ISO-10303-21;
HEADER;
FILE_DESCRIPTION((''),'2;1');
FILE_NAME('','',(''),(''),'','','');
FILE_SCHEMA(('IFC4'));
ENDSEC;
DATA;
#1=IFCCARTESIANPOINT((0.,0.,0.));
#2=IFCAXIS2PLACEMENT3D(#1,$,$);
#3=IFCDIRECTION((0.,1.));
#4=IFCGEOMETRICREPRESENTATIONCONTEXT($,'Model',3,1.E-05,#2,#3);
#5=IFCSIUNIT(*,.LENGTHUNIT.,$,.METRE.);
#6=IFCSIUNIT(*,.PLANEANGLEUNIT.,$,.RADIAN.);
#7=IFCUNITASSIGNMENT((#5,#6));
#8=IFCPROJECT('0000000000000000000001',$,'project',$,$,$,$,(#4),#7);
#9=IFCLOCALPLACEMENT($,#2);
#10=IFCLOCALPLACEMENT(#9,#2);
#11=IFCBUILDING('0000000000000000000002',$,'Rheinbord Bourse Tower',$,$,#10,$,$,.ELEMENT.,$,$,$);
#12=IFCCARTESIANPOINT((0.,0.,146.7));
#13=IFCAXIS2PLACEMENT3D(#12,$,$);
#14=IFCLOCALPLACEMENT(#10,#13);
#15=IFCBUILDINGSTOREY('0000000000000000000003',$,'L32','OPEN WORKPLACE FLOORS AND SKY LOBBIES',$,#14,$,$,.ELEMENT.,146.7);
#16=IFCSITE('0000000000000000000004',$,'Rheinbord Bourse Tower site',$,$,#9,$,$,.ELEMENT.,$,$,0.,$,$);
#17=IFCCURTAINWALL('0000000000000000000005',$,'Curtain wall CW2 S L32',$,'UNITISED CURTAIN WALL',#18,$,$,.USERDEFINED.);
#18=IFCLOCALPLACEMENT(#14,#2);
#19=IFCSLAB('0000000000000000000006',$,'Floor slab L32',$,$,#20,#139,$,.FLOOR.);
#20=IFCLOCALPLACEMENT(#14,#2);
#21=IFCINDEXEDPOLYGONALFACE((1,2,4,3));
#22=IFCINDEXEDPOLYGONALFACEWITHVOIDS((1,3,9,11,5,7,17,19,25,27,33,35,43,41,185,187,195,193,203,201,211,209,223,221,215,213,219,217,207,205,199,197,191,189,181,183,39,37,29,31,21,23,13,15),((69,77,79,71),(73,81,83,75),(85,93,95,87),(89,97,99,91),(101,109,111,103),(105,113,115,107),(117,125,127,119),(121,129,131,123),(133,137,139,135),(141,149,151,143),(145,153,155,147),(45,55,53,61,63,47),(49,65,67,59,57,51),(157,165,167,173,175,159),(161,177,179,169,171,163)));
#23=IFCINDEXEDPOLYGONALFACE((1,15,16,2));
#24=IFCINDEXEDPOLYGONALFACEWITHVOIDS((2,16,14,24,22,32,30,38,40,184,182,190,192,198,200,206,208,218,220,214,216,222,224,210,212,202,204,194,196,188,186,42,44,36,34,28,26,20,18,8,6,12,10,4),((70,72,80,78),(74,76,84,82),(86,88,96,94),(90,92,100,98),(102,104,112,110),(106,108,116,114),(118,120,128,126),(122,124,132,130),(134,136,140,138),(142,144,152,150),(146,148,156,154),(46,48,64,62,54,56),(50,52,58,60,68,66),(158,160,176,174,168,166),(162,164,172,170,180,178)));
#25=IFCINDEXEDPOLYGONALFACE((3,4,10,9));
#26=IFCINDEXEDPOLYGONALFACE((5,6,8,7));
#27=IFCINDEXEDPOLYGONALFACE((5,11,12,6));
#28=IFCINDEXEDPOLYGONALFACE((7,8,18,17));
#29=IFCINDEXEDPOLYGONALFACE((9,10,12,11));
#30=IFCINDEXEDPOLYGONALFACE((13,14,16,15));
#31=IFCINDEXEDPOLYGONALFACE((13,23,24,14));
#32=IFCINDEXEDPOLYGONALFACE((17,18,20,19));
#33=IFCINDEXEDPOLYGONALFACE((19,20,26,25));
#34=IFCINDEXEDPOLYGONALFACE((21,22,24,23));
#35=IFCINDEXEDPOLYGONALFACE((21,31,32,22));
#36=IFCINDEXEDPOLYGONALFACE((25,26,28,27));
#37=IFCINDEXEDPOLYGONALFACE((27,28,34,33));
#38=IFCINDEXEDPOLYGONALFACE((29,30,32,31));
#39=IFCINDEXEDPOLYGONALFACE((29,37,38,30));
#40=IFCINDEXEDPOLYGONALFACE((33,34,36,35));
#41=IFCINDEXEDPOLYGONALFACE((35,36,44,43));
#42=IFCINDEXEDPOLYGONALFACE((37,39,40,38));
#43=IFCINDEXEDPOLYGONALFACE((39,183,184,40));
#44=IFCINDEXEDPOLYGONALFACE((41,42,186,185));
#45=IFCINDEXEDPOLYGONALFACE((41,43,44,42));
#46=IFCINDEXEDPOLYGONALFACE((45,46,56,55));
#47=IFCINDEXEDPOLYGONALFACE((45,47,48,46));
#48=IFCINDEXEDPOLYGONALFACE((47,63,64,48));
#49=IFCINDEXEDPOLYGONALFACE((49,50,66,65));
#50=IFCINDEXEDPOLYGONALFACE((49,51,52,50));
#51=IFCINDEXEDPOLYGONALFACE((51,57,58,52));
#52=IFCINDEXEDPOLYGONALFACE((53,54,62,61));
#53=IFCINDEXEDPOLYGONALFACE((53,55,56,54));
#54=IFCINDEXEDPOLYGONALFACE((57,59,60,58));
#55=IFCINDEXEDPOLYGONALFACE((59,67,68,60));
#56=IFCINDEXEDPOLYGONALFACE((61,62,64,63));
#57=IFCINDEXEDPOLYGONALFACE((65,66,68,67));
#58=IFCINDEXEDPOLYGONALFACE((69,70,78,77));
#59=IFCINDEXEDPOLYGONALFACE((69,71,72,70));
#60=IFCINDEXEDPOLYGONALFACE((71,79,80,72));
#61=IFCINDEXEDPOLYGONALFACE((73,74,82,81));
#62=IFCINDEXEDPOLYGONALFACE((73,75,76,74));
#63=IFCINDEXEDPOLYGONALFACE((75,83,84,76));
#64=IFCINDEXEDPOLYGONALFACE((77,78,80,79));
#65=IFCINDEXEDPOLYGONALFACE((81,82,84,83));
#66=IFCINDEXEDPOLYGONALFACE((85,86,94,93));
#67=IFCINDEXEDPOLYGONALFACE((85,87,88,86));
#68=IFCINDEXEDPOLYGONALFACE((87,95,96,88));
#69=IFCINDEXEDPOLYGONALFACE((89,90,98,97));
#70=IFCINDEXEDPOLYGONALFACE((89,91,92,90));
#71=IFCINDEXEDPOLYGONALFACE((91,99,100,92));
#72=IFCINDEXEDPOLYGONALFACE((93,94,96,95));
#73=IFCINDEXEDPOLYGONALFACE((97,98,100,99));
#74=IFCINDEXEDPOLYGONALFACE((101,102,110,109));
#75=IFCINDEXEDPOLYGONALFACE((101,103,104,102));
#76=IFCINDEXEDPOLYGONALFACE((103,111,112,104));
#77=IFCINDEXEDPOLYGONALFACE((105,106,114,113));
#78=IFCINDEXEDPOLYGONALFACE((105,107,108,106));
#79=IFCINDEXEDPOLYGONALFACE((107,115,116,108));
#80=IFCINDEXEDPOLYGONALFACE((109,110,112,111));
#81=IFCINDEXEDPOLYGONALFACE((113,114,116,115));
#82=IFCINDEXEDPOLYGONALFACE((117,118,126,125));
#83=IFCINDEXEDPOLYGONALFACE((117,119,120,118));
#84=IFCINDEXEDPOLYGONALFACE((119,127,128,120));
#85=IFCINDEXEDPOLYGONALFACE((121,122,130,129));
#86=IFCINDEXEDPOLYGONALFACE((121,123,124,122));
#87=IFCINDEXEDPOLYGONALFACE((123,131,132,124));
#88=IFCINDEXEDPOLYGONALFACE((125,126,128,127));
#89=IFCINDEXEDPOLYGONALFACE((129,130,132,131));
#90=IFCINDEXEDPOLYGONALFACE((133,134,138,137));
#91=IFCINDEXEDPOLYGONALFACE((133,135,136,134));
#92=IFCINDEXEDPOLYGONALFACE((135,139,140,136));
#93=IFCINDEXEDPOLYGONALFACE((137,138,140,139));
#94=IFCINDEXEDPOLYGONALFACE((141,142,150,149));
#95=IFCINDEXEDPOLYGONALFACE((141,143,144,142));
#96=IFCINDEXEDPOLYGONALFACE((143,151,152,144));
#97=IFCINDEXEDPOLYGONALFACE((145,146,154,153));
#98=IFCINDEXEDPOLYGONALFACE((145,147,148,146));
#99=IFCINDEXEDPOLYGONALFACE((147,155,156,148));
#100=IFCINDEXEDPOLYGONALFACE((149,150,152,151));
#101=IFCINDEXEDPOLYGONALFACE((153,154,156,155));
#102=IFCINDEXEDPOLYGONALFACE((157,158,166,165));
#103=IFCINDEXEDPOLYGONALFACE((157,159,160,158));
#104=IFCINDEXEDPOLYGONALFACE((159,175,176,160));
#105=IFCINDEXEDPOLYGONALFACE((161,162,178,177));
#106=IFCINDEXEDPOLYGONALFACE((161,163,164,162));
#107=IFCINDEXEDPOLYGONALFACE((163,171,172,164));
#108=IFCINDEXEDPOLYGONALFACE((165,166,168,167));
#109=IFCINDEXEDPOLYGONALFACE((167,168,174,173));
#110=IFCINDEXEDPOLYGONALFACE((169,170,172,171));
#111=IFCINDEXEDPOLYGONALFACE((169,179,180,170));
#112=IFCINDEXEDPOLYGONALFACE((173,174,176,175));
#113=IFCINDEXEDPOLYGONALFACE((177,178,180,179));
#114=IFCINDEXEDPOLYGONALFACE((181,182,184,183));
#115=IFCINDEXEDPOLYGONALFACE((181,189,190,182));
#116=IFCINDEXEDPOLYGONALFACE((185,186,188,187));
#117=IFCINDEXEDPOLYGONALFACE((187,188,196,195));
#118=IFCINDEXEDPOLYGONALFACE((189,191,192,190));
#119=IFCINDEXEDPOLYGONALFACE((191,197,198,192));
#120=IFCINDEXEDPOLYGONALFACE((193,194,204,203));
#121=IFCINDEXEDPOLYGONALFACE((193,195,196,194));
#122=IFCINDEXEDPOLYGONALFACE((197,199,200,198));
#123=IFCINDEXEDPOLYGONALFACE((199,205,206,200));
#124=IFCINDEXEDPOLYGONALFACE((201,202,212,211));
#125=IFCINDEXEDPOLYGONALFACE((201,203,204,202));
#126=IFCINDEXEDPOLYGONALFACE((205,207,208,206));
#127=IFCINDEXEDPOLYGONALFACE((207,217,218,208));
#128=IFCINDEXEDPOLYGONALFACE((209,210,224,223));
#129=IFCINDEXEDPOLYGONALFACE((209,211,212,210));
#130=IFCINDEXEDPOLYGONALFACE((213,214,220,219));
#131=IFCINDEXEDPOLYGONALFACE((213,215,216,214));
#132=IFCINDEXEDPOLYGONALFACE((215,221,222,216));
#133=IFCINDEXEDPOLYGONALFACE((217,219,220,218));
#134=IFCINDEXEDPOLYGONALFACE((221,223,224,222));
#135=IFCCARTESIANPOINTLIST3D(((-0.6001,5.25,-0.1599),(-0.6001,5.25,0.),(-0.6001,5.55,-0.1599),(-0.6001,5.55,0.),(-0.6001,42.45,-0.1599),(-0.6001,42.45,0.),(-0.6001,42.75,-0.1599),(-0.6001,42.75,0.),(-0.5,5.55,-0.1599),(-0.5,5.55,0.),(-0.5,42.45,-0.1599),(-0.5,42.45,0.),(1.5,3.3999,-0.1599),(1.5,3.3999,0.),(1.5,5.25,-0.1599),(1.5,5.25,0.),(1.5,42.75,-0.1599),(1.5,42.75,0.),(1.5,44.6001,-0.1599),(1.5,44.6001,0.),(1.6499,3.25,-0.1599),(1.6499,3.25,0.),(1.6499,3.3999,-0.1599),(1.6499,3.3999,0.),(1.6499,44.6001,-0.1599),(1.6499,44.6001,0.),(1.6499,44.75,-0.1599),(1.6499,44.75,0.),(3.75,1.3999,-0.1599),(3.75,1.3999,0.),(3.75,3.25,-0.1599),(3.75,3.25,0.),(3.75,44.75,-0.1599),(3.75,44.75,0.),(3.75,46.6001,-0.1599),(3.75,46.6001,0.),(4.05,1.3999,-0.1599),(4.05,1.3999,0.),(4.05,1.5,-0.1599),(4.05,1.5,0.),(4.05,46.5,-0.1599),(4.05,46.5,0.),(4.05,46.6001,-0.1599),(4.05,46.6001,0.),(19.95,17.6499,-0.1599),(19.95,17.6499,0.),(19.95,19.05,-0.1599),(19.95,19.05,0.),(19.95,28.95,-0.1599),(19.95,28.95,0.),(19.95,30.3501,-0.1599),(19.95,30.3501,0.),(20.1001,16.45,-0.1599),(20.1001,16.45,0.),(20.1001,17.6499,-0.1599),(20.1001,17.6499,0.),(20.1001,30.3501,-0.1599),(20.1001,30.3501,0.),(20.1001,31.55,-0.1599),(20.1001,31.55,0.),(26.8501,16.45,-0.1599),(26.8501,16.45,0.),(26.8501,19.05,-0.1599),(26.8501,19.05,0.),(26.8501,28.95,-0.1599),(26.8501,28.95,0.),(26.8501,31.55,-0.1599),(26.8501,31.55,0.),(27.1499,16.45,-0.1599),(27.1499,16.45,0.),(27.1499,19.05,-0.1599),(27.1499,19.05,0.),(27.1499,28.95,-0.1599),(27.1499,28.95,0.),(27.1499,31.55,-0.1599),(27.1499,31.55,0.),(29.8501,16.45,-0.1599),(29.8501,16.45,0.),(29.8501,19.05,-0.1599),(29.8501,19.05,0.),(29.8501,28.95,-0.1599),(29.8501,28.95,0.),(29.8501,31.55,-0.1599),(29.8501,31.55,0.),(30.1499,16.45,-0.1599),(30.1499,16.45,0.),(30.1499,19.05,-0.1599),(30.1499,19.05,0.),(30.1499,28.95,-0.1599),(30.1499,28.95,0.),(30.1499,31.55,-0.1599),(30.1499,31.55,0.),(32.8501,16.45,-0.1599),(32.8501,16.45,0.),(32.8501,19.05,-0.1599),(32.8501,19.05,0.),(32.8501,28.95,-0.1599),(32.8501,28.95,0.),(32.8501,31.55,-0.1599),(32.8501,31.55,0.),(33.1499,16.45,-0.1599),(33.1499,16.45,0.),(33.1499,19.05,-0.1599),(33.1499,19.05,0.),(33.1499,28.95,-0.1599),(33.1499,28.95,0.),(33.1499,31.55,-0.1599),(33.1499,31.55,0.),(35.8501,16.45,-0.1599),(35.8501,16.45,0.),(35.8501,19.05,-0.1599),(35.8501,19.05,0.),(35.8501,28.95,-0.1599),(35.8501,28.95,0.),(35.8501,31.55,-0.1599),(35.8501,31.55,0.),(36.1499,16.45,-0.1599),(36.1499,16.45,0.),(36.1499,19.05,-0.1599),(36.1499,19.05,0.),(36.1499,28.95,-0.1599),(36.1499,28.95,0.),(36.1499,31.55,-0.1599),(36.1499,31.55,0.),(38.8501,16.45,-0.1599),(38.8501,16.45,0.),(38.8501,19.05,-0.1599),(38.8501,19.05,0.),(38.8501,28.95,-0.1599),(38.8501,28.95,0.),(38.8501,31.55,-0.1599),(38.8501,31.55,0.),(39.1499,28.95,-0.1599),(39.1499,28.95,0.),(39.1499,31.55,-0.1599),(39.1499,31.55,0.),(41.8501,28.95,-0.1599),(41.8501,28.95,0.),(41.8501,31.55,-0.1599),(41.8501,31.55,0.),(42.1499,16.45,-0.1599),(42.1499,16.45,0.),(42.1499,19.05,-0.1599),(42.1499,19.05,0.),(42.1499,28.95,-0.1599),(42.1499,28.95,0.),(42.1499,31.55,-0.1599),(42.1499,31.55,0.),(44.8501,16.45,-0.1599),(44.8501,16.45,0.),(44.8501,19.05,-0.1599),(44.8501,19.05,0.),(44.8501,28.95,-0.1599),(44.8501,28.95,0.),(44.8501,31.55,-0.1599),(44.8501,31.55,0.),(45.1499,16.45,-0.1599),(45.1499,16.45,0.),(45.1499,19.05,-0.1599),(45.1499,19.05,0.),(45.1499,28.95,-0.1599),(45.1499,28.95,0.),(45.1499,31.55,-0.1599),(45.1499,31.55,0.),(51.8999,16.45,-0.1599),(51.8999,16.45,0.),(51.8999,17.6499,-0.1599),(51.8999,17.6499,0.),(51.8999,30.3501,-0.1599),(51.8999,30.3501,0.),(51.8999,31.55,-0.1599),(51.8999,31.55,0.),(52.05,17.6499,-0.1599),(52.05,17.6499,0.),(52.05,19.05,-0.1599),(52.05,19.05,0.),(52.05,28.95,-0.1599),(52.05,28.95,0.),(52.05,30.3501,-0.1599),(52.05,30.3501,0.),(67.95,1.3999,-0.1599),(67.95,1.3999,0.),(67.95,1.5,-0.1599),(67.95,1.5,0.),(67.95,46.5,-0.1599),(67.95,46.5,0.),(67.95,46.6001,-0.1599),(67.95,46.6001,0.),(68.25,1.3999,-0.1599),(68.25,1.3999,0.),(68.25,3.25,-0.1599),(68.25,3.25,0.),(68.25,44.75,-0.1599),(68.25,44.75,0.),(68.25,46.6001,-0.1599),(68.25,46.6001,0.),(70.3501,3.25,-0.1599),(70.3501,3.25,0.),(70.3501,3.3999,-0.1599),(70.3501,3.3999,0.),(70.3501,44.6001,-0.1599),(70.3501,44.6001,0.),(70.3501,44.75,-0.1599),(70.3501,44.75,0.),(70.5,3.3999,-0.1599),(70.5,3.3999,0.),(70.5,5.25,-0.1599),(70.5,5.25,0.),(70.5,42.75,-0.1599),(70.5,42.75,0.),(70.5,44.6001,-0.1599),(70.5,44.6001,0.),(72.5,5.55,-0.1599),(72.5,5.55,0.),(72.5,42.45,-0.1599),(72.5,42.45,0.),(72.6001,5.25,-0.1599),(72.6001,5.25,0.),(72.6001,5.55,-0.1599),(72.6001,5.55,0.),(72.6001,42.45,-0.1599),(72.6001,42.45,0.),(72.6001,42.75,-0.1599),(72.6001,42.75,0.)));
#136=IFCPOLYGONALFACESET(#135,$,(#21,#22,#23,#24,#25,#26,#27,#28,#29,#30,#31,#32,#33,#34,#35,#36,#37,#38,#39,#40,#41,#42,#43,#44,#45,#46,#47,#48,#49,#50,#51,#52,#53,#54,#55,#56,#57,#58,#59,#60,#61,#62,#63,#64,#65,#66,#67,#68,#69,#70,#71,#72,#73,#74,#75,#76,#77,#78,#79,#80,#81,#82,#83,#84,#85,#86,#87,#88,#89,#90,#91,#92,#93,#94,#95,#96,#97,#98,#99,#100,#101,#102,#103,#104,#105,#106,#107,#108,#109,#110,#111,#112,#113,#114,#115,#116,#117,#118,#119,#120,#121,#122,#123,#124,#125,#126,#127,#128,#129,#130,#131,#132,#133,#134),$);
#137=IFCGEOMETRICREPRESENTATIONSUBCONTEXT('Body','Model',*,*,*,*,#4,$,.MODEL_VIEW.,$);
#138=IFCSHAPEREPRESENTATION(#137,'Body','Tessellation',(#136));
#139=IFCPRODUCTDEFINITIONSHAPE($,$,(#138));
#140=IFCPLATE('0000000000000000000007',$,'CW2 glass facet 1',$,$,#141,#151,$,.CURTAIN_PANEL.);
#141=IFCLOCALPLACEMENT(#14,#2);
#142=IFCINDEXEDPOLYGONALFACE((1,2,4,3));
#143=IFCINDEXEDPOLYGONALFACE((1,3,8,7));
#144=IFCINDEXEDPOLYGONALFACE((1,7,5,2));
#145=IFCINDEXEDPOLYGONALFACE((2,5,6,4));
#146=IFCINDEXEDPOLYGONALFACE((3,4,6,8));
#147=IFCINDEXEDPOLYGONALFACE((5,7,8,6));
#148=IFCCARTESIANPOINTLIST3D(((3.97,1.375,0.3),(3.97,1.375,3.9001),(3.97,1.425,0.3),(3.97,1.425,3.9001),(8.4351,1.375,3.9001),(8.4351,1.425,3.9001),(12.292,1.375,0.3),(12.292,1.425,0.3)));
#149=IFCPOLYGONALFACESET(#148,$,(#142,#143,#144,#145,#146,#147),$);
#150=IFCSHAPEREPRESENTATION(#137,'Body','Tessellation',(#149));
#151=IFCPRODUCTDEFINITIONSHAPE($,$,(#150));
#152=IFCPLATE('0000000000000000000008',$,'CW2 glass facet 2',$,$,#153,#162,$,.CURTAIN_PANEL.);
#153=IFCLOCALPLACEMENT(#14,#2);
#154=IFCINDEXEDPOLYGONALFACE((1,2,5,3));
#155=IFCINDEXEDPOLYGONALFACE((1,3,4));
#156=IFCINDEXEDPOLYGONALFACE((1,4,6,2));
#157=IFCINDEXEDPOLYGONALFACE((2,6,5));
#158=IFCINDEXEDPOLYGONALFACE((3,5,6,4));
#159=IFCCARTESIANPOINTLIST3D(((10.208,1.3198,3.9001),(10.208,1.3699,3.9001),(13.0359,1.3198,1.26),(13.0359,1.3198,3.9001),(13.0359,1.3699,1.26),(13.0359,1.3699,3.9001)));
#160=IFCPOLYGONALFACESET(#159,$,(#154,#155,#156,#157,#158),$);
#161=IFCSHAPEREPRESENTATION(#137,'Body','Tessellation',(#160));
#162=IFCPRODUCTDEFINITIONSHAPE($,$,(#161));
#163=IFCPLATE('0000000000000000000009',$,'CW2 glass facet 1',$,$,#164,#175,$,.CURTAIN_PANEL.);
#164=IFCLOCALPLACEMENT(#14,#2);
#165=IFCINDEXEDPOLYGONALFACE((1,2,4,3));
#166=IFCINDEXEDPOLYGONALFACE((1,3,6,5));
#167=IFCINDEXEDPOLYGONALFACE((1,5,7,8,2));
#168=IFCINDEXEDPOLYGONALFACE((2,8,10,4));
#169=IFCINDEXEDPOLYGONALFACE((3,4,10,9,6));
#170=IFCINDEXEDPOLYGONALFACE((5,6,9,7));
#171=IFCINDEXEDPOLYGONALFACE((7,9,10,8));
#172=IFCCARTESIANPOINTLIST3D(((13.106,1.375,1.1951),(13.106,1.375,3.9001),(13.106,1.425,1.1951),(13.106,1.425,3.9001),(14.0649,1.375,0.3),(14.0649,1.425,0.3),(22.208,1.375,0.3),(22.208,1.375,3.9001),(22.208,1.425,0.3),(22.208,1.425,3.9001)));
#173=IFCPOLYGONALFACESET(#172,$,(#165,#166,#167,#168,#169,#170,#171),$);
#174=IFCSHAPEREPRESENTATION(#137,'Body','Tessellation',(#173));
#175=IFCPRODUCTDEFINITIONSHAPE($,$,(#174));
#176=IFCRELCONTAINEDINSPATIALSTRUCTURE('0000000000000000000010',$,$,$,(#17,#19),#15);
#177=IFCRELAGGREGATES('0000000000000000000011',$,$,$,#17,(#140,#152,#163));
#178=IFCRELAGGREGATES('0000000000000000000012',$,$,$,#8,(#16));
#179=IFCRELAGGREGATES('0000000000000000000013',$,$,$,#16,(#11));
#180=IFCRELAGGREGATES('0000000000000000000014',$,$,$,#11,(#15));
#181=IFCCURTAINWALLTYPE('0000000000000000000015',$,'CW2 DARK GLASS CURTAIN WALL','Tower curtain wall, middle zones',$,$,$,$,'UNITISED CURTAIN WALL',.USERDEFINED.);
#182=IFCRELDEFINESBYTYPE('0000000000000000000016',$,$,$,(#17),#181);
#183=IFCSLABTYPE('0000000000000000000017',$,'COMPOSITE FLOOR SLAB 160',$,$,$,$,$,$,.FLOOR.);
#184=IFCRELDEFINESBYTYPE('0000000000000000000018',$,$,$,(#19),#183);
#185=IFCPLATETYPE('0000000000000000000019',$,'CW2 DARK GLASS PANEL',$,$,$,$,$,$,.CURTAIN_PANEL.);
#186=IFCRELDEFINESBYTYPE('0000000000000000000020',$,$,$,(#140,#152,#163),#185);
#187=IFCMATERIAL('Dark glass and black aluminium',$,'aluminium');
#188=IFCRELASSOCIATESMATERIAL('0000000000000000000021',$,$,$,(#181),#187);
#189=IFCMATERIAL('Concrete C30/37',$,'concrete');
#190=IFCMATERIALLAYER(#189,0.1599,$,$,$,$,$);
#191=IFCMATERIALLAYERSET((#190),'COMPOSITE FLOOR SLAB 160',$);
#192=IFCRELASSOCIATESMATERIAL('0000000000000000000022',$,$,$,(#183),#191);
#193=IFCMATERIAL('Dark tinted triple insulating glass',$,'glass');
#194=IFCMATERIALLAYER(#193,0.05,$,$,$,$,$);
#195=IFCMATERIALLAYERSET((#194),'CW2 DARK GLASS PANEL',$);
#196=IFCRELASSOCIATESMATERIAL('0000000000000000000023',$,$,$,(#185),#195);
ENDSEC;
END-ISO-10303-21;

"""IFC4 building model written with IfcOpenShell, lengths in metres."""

from ifc_helpers import new_model, si_unit, direction, frame, origin, place, context, subcontext, project, spatial, polyline, outline, extrude, material, layer, layer_set, type_object, element, aggregate, save


model = new_model("IFC4")

# Units and contexts
model_context = context("Model", 3, precision=1e-05, world=origin(), true_north=direction((0.0, 1.0)))
body_context = subcontext(model_context, "Body", "Model", "MODEL_VIEW")
ifc_project = project(units=[si_unit("LENGTHUNIT", "METRE"), si_unit("PLANEANGLEUNIT", "RADIAN")], contexts=[model_context])

# Site, building, storey
site_placement = place(None, origin())
site = spatial("IfcSite", under=ifc_project, at=site_placement, Name="Rheinbord Bourse Tower site", CompositionType="ELEMENT", RefElevation=0.0)
building_placement = place(site_placement, origin())
building = spatial("IfcBuilding", under=site, at=building_placement, Name="Rheinbord Bourse Tower", CompositionType="ELEMENT")
storey_placement = place(building_placement, frame((0.0, 0.0, 146.7)))
storey = spatial("IfcBuildingStorey", under=building, at=storey_placement, Name="L32", Description="OPEN WORKPLACE FLOORS AND SKY LOBBIES", CompositionType="ELEMENT", Elevation=146.7)

# Curtain wall
ifc_material_1 = material(Name="Dark glass and black aluminium", Category="aluminium")
curtain_wall_type = type_object("IfcCurtainWallType", Name="CW2 DARK GLASS CURTAIN WALL", Description="Tower curtain wall, middle zones", ElementType="UNITISED CURTAIN WALL", PredefinedType="USERDEFINED", material=ifc_material_1)
curtain_wall_1_placement = place(storey_placement, origin())
curtain_wall_1 = element("IfcCurtainWall", 1, at=curtain_wall_1_placement, inside=storey, type_object=curtain_wall_type, Name="Curtain wall CW2 S L32", ObjectType="UNITISED CURTAIN WALL", PredefinedType="USERDEFINED")

# Slab
ifc_material_2 = material(Name="Concrete C30/37", Category="concrete")
ifc_layer_1 = layer(ifc_material_2, 0.1599)
ifc_layer_set_1 = layer_set([ifc_layer_1], Name="COMPOSITE FLOOR SLAB 160")
slab_type_1 = type_object("IfcSlabType", Name="COMPOSITE FLOOR SLAB 160", PredefinedType="FLOOR", material=ifc_layer_set_1)
slab_1_placement = place(storey_placement, frame((0.0, 0.0, -0.1599)))
element("IfcSlab", 2, at=slab_1_placement, inside=storey, type_object=slab_type_1, Name="Floor slab L32", PredefinedType="FLOOR", context=body_context, shape_type="SweptSolid", body=[
    extrude(outline(polyline([(1.6499, 3.3999), (1.5, 3.3999), (1.5, 5.25), (-0.6001, 5.25), (-0.6001, 5.55), (-0.5, 5.55), (-0.5, 42.45), (-0.6001, 42.45), (-0.6001, 42.75), (1.5, 42.75), (1.5, 44.6001), (1.6499, 44.6001), (1.6499, 44.75), (3.75, 44.75), (3.75, 46.6001), (4.05, 46.6001), (4.05, 46.5), (67.95, 46.5), (67.95, 46.6001), (68.25, 46.6001), (68.25, 44.75), (70.3501, 44.75), (70.3501, 44.6001), (70.5, 44.6001), (70.5, 42.75), (72.6001, 42.75), (72.6001, 42.45), (72.5, 42.45), (72.5, 5.55), (72.6001, 5.55), (72.6001, 5.25), (70.5, 5.25), (70.5, 3.3999), (70.3501, 3.3999), (70.3501, 3.25), (68.25, 3.25), (68.25, 1.3999), (67.95, 1.3999), (67.95, 1.5), (4.05, 1.5), (4.05, 1.3999), (3.75, 1.3999), (3.75, 3.25), (1.6499, 3.25), (1.6499, 3.3999)]), holes=[polyline([(19.95, 19.05), (26.8501, 19.05), (26.8501, 16.45), (20.1001, 16.45), (20.1001, 17.6499), (19.95, 17.6499), (19.95, 19.05)]), polyline([(26.8501, 31.55), (26.8501, 28.95), (19.95, 28.95), (19.95, 30.3501), (20.1001, 30.3501), (20.1001, 31.55), (26.8501, 31.55)]), polyline([(45.1499, 16.45), (45.1499, 19.05), (52.05, 19.05), (52.05, 17.6499), (51.8999, 17.6499), (51.8999, 16.45), (45.1499, 16.45)]), polyline([(52.05, 28.95), (45.1499, 28.95), (45.1499, 31.55), (51.8999, 31.55), (51.8999, 30.3501), (52.05, 30.3501), (52.05, 28.95)]), polyline([(27.1499, 16.45), (27.1499, 19.05), (29.8501, 19.05), (29.8501, 16.45), (27.1499, 16.45)]), polyline([(27.1499, 28.95), (27.1499, 31.55), (29.8501, 31.55), (29.8501, 28.95), (27.1499, 28.95)]), polyline([(30.1499, 16.45), (30.1499, 19.05), (32.8501, 19.05), (32.8501, 16.45), (30.1499, 16.45)]), polyline([(30.1499, 28.95), (30.1499, 31.55), (32.8501, 31.55), (32.8501, 28.95), (30.1499, 28.95)]), polyline([(33.1499, 16.45), (33.1499, 19.05), (35.8501, 19.05), (35.8501, 16.45), (33.1499, 16.45)]), polyline([(33.1499, 28.95), (33.1499, 31.55), (35.8501, 31.55), (35.8501, 28.95), (33.1499, 28.95)]), polyline([(36.1499, 16.45), (36.1499, 19.05), (38.8501, 19.05), (38.8501, 16.45), (36.1499, 16.45)]), polyline([(36.1499, 28.95), (36.1499, 31.55), (38.8501, 31.55), (38.8501, 28.95), (36.1499, 28.95)]), polyline([(39.1499, 28.95), (39.1499, 31.55), (41.8501, 31.55), (41.8501, 28.95), (39.1499, 28.95)]), polyline([(42.1499, 16.45), (42.1499, 19.05), (44.8501, 19.05), (44.8501, 16.45), (42.1499, 16.45)]), polyline([(42.1499, 28.95), (42.1499, 31.55), (44.8501, 31.55), (44.8501, 28.95), (42.1499, 28.95)])]), origin(), (0.0, 0.0, 1.0), 0.1599),
])

# Plates
ifc_material_3 = material(Name="Dark tinted triple insulating glass", Category="glass")
ifc_layer_2 = layer(ifc_material_3, 0.05)
ifc_layer_set_2 = layer_set([ifc_layer_2], Name="CW2 DARK GLASS PANEL")
plate_type = type_object("IfcPlateType", Name="CW2 DARK GLASS PANEL", PredefinedType="CURTAIN_PANEL", material=ifc_layer_set_2)
plate_1_placement = place(storey_placement, frame((3.97, 1.375, 0.3), z_axis=(0.0, 1.0, 0.0), x_axis=(0.0, 0.0, 1.0)))
plate_1 = element("IfcPlate", 3, at=plate_1_placement, type_object=plate_type, Name="CW2 glass facet 1", PredefinedType="CURTAIN_PANEL", context=body_context, shape_type="SweptSolid", body=[
    extrude(outline(polyline([(0.0, 0.0), (3.6001, 0.0), (3.6001, 4.4651), (0.0, 8.322), (0.0, 0.0)])), origin(), (0.0, 0.0, 1.0), 0.05),
])
plate_2_placement = place(storey_placement, frame((13.0359, 1.3198, 3.9001), z_axis=(0.0, 1.0, 0.0), x_axis=(0.0, 0.0, -1.0)))
plate_2 = element("IfcPlate", 4, at=plate_2_placement, type_object=plate_type, Name="CW2 glass facet 2", PredefinedType="CURTAIN_PANEL", context=body_context, shape_type="SweptSolid", body=[
    extrude(outline(polyline([(0.0, 0.0), (2.6401, 0.0), (0.0, 2.8279), (0.0, 0.0)])), origin(), (0.0, 0.0, 1.0), 0.05),
])
plate_3_placement = place(storey_placement, frame((13.106, 1.375, 3.9001), z_axis=(0.0, 1.0, 0.0), x_axis=(1.0, 0.0, 0.0)))
plate_3 = element("IfcPlate", 5, at=plate_3_placement, type_object=plate_type, Name="CW2 glass facet 1", PredefinedType="CURTAIN_PANEL", context=body_context, shape_type="SweptSolid", body=[
    extrude(outline(polyline([(0.0, 0.0), (9.1021, 0.0), (9.1021, 3.6001), (0.959, 3.6001), (0.0, 2.7051), (0.0, 0.0)])), origin(), (0.0, 0.0, 1.0), 0.05),
])
aggregate(curtain_wall_1, [plate_1, plate_2, plate_3])

save(model, "model.ifc")
